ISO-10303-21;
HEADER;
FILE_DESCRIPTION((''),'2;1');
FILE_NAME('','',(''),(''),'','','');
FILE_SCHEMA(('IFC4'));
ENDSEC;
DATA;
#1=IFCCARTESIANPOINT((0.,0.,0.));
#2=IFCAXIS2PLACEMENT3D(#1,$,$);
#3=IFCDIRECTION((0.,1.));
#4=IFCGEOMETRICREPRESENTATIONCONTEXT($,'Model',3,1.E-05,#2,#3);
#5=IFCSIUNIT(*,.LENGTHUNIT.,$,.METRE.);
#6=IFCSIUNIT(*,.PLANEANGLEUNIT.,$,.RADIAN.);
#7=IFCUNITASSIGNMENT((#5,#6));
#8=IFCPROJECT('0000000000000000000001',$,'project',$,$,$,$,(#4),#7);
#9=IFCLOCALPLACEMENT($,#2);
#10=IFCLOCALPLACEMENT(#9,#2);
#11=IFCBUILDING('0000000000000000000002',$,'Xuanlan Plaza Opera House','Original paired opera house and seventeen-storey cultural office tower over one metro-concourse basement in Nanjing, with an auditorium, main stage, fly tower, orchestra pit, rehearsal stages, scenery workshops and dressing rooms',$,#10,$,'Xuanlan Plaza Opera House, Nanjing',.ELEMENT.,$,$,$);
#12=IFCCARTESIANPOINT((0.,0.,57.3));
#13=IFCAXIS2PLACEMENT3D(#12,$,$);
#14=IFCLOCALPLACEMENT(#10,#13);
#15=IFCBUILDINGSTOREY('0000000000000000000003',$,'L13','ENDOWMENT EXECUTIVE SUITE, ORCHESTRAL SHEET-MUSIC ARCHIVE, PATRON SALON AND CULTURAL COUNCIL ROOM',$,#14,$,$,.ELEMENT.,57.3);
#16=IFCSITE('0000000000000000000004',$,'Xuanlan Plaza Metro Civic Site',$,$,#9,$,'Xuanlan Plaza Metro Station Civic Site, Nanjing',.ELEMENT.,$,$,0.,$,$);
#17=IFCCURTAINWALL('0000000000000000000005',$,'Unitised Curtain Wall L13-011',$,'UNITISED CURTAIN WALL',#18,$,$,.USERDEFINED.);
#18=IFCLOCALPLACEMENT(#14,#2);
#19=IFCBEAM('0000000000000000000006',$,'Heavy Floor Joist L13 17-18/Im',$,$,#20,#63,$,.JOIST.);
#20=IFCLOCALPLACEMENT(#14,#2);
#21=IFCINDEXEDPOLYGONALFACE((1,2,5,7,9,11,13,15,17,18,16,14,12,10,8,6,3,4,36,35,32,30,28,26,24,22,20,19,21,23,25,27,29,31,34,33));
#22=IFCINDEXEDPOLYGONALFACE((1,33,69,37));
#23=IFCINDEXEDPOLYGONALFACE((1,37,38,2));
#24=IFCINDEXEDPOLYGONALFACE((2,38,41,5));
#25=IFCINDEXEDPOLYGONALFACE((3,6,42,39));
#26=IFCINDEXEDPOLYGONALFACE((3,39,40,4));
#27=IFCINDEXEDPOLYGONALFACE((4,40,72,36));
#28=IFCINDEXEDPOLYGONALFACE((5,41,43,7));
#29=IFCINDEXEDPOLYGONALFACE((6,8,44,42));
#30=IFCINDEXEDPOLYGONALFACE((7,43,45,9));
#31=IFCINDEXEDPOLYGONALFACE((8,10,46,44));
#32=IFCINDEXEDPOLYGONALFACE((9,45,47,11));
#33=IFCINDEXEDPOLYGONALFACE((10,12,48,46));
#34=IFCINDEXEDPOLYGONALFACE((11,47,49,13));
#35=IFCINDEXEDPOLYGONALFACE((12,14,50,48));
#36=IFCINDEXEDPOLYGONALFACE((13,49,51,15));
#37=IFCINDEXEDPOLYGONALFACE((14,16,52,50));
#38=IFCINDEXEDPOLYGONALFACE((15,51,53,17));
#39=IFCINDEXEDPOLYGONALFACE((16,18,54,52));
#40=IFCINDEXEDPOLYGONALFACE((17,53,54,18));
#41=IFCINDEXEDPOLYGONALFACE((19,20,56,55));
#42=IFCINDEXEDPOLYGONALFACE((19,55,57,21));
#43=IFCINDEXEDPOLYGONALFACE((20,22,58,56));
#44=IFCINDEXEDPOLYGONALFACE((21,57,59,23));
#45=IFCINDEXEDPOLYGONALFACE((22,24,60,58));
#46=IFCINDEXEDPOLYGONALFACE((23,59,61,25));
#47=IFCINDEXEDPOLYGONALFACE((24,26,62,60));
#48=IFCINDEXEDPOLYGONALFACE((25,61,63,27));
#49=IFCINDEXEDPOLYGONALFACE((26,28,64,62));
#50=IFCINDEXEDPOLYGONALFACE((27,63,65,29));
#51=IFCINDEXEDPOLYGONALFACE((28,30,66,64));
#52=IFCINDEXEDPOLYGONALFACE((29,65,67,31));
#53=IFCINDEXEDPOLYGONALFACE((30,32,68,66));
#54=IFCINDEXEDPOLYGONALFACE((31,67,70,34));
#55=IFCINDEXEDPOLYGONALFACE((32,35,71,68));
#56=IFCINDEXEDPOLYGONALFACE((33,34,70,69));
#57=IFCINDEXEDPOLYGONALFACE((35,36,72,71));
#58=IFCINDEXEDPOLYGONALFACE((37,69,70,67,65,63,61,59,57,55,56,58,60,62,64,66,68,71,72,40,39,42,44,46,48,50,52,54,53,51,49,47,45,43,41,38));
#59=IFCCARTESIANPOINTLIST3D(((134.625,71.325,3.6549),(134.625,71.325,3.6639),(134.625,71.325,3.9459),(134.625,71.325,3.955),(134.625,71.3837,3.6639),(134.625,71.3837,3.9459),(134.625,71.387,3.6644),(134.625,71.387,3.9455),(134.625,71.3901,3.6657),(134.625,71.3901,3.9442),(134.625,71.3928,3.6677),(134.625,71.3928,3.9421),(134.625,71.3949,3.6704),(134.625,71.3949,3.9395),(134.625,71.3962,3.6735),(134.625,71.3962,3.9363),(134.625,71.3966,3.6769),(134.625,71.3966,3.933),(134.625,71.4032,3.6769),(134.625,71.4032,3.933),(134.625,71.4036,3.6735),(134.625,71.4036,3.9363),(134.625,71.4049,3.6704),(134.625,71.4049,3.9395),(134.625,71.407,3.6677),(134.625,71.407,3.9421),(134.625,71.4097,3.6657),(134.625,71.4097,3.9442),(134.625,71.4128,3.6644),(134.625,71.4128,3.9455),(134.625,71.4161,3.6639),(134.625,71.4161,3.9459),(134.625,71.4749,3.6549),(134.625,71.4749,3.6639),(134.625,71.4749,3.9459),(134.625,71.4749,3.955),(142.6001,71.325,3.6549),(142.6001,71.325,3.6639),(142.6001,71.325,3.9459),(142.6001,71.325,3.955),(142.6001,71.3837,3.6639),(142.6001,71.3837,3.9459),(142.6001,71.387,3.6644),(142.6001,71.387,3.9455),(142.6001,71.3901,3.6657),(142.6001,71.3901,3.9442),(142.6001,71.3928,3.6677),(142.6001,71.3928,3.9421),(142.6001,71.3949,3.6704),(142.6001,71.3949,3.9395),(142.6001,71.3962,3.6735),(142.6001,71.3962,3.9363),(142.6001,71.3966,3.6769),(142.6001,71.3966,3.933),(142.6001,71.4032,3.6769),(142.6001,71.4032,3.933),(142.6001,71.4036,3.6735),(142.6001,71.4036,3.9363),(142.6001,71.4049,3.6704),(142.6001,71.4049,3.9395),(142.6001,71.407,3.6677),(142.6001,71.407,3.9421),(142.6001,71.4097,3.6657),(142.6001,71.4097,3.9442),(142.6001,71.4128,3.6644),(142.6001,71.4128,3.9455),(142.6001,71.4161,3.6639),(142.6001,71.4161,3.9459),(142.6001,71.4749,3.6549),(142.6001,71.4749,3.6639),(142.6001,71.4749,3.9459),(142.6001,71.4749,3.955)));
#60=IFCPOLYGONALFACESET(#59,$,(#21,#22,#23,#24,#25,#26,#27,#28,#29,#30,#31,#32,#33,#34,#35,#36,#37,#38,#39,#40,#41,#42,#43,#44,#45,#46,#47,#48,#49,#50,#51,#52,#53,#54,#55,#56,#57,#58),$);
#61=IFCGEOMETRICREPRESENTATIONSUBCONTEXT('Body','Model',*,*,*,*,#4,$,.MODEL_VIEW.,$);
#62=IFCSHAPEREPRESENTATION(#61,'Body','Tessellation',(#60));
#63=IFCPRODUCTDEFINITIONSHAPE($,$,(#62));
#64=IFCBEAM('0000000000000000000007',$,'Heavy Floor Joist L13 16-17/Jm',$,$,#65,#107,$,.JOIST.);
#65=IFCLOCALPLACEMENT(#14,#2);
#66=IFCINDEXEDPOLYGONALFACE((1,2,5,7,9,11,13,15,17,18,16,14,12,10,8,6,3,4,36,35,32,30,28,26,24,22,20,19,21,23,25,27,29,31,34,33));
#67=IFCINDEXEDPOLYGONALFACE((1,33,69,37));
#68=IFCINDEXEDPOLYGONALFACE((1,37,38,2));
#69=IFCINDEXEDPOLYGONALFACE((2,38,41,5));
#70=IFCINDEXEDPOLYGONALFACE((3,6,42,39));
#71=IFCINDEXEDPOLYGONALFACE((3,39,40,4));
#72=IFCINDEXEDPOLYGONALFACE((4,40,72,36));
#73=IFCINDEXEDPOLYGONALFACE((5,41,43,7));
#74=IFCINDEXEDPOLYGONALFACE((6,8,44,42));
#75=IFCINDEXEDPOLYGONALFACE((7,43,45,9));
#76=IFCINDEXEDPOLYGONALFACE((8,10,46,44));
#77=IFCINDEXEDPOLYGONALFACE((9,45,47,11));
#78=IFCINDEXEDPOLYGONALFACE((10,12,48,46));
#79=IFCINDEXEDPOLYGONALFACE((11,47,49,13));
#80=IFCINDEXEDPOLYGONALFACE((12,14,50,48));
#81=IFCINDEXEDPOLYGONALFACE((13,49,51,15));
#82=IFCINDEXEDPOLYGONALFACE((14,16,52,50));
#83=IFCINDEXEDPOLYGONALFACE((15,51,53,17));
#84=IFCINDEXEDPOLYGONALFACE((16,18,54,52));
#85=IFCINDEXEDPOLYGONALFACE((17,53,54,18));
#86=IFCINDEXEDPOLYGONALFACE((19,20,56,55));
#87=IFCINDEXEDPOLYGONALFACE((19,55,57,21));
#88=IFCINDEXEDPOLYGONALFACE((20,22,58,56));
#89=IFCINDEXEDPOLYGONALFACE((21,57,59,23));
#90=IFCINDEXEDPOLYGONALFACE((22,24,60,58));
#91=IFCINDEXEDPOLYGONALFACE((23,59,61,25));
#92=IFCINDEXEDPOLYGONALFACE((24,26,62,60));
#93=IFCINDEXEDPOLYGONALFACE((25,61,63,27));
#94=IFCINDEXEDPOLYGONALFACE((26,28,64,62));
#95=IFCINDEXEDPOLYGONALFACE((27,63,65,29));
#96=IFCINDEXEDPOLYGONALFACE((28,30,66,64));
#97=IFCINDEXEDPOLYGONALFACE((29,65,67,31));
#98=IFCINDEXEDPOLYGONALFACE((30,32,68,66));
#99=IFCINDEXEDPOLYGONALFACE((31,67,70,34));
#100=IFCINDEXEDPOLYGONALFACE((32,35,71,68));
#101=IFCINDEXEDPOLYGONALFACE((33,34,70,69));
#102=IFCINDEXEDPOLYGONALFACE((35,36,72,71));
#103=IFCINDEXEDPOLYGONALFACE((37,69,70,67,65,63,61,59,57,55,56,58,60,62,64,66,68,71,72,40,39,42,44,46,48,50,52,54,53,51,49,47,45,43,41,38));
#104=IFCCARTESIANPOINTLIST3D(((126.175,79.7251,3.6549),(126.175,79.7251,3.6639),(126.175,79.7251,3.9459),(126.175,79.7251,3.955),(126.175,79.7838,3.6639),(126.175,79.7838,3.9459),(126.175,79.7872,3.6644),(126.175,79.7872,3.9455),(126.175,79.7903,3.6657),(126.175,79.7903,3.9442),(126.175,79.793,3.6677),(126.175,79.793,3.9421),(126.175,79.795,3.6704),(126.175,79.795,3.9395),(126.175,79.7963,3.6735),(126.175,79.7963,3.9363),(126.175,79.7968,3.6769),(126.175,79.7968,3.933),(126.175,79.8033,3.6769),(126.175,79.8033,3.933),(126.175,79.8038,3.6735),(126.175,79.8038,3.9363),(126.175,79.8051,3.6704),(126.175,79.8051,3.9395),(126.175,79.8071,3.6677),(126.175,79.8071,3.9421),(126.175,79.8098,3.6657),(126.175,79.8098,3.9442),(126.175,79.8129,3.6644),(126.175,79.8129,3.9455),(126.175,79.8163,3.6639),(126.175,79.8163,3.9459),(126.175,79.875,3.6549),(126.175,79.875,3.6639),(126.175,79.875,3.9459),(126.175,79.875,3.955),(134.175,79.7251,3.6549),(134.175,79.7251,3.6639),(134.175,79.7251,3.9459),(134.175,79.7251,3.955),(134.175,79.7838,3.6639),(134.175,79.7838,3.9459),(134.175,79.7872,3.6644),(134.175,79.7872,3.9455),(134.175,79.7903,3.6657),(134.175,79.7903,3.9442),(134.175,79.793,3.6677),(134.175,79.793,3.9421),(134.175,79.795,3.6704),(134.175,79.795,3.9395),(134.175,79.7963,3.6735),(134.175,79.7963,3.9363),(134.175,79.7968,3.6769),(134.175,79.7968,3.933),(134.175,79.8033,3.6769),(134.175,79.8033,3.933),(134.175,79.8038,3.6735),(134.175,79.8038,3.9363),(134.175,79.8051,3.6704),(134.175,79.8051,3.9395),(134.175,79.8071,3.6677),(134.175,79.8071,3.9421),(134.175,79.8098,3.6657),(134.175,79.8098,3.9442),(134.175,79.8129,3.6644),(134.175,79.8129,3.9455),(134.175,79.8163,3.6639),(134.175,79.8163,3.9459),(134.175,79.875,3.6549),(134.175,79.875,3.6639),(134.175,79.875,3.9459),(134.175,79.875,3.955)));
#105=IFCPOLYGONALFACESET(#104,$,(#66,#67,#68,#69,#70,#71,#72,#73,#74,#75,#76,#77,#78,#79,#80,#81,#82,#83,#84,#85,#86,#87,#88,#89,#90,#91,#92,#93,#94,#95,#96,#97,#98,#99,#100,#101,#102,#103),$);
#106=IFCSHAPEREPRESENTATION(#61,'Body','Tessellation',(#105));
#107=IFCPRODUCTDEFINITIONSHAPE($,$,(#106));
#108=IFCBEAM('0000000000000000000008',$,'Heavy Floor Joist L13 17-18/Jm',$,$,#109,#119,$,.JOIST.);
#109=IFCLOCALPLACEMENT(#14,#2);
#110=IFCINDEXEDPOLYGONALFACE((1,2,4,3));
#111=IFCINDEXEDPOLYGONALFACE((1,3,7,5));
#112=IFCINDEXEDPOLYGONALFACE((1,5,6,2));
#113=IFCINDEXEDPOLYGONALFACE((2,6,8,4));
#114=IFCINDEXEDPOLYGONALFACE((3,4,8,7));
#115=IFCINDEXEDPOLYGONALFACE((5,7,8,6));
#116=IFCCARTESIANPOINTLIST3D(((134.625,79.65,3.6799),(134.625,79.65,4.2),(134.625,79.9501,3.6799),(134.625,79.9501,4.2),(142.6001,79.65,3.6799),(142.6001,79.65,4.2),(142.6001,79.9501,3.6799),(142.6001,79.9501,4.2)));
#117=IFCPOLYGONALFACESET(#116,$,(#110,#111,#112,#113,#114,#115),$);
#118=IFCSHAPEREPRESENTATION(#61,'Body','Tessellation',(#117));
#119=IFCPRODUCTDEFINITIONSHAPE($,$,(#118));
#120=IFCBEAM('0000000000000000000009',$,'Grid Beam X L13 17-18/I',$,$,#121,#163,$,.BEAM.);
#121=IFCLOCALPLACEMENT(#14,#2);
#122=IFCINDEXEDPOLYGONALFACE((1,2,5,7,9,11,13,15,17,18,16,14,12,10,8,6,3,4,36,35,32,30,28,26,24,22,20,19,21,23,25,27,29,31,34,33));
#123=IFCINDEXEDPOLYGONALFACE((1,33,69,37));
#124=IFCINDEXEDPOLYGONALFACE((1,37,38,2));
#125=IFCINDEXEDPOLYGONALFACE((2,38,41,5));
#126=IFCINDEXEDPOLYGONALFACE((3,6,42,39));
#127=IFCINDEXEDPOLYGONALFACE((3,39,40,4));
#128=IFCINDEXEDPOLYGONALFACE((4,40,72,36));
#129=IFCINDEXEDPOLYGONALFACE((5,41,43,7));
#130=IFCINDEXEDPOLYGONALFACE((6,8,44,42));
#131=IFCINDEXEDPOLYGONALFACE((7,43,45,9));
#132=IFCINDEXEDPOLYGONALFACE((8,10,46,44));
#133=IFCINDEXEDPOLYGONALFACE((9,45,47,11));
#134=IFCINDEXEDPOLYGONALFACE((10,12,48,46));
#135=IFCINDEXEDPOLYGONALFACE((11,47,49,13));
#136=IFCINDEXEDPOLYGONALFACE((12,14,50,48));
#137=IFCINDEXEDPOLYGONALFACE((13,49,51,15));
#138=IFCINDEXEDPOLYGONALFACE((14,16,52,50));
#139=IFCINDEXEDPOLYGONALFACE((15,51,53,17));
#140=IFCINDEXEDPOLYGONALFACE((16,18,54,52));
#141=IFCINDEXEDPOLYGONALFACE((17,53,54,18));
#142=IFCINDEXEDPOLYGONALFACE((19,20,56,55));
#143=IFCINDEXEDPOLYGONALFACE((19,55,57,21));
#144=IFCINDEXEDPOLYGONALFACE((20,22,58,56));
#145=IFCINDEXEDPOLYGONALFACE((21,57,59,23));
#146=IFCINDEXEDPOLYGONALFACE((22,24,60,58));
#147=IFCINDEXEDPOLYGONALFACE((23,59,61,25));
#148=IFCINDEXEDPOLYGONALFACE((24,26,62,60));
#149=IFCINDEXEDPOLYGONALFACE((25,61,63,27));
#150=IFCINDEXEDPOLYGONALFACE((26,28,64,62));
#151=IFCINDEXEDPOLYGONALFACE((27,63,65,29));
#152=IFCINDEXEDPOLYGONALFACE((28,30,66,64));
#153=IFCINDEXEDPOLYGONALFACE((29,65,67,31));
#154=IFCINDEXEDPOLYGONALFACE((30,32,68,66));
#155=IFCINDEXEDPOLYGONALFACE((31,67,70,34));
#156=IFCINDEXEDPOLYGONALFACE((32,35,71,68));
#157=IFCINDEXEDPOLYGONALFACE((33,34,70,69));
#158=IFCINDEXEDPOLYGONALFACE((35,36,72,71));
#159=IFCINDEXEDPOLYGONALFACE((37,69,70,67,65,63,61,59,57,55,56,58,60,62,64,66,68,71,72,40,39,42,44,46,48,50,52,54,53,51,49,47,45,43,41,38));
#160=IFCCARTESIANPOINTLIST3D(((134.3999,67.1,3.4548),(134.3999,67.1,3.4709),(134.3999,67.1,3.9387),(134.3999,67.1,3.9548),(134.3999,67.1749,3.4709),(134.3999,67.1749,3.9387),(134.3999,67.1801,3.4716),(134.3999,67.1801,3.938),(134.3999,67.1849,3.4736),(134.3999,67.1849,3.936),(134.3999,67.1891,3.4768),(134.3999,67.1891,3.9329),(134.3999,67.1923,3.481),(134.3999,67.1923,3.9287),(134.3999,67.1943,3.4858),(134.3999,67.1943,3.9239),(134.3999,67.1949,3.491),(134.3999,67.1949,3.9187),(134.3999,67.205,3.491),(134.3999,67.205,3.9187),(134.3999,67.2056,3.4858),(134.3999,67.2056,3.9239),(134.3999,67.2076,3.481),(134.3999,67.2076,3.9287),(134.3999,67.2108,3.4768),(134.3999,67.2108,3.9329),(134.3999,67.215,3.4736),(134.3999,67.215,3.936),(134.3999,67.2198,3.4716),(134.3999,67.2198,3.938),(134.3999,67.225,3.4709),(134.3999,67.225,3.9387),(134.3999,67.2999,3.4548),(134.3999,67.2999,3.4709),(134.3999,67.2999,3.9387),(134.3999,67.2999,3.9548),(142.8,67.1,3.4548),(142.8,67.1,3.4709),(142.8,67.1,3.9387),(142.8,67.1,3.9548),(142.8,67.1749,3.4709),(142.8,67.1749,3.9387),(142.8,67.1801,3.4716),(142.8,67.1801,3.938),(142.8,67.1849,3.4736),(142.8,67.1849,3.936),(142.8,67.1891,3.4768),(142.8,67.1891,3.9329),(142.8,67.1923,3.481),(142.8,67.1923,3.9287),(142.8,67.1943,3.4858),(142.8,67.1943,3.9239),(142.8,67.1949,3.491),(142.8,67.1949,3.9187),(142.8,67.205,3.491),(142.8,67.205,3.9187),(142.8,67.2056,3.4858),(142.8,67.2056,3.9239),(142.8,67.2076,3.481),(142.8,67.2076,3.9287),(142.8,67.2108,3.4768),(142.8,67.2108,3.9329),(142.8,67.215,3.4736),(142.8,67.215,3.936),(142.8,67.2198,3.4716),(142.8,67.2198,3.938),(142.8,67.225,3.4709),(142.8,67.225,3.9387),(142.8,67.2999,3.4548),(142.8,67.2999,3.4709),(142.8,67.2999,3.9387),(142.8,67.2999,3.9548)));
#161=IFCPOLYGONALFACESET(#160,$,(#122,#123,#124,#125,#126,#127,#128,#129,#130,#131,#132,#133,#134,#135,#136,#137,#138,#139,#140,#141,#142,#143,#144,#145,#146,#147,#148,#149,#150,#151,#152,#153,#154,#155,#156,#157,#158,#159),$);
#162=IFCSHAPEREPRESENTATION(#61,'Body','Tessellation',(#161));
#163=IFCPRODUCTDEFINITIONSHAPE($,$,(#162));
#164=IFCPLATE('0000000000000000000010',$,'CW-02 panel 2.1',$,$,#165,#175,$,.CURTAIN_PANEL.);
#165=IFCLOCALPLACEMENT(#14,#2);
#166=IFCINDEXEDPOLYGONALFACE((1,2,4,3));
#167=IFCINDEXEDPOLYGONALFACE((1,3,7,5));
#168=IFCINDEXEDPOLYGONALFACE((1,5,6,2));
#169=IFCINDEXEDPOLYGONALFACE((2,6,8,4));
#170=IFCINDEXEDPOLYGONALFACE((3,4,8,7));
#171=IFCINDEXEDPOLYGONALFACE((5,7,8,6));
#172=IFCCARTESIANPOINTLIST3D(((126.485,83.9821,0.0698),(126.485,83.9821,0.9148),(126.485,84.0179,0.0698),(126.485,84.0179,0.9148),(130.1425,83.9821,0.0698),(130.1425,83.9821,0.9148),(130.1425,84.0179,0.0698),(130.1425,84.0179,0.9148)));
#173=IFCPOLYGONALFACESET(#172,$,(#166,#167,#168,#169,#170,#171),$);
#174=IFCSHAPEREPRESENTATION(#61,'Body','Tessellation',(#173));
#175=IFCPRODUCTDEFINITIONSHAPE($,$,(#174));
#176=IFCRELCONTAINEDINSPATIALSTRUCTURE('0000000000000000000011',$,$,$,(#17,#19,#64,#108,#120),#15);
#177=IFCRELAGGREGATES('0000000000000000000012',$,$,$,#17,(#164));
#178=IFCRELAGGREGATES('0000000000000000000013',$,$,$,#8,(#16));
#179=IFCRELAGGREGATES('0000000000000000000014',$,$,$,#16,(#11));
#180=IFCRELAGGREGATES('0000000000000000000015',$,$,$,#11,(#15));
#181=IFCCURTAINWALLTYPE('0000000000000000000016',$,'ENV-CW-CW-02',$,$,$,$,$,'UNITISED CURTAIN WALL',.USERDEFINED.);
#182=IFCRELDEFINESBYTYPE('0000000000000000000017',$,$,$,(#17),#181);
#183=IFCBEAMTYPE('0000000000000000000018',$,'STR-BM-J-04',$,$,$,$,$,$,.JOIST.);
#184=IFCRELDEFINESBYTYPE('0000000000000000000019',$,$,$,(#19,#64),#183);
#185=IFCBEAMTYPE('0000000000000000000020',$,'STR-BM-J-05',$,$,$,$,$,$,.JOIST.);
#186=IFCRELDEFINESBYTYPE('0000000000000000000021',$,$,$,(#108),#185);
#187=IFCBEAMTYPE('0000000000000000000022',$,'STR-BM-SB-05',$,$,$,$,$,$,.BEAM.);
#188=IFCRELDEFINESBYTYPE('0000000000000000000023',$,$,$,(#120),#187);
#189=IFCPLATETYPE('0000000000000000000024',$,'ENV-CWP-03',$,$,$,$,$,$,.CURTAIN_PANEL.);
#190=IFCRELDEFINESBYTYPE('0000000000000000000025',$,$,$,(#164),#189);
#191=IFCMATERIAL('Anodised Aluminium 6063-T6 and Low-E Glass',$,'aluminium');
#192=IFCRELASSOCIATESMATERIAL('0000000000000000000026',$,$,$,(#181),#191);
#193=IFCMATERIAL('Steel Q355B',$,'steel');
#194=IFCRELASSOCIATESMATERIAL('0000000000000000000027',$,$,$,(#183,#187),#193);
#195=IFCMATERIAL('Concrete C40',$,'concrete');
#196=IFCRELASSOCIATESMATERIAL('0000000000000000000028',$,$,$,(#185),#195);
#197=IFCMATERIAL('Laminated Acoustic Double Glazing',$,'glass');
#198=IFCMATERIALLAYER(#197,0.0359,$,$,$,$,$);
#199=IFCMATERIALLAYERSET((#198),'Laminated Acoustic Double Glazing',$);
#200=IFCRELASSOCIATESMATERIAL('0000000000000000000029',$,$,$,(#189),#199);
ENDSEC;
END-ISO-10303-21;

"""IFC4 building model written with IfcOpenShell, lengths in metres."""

from ifc_helpers import new_model, si_unit, direction, frame, origin, origin_2d, place, context, subcontext, project, spatial, rectangle, i_section, extrude, material, layer, layer_set, material_profile, profile_set, type_object, element, aggregate, save


model = new_model("IFC4")

# Units and contexts
model_context = context("Model", 3, precision=1e-05, world=origin(), true_north=direction((0.0, 1.0)))
body_context = subcontext(model_context, "Body", "Model", "MODEL_VIEW")
ifc_project = project(units=[si_unit("LENGTHUNIT", "METRE"), si_unit("PLANEANGLEUNIT", "RADIAN")], contexts=[model_context])

# Site, building, storey
site_placement = place(None, origin())
site = spatial("IfcSite", under=ifc_project, at=site_placement, Name="Xuanlan Plaza Metro Civic Site", LongName="Xuanlan Plaza Metro Station Civic Site, Nanjing", CompositionType="ELEMENT", RefElevation=0.0)
building_placement = place(site_placement, origin())
building = spatial("IfcBuilding", under=site, at=building_placement, Name="Xuanlan Plaza Opera House", Description="Original paired opera house and seventeen-storey cultural office tower over one metro-concourse basement in Nanjing, with an auditorium, main stage, fly tower, orchestra pit, rehearsal stages, scenery workshops and dressing rooms", LongName="Xuanlan Plaza Opera House, Nanjing", CompositionType="ELEMENT")
storey_placement = place(building_placement, frame((0.0, 0.0, 57.3)))
storey = spatial("IfcBuildingStorey", under=building, at=storey_placement, Name="L13", Description="ENDOWMENT EXECUTIVE SUITE, ORCHESTRAL SHEET-MUSIC ARCHIVE, PATRON SALON AND CULTURAL COUNCIL ROOM", CompositionType="ELEMENT", Elevation=57.3)

# Curtain wall
ifc_material_1 = material(Name="Anodised Aluminium 6063-T6 and Low-E Glass", Category="aluminium")
curtain_wall_type = type_object("IfcCurtainWallType", Name="ENV-CW-CW-02", ElementType="UNITISED CURTAIN WALL", PredefinedType="USERDEFINED", material=ifc_material_1)
curtain_wall_placement = place(storey_placement, origin())
curtain_wall = element("IfcCurtainWall", 1, at=curtain_wall_placement, inside=storey, type_object=curtain_wall_type, Name="Unitised Curtain Wall L13-011", ObjectType="UNITISED CURTAIN WALL", PredefinedType="USERDEFINED")

# Beams
ifc_material_2 = material(Name="Concrete C40", Category="concrete")
ifc_material_3 = material(Name="Steel Q355B", Category="steel")
ifc_material_profile_1 = material_profile(ifc_material_3, i_section(OverallWidth=0.1499, OverallDepth=0.3, WebThickness=0.0066, FlangeThickness=0.009, FilletRadius=0.0129, at=origin_2d()), Name="HN 300x150x6.5x9")
ifc_profile_set_1 = profile_set([ifc_material_profile_1], Name="Steel Q355B")
beam_type_1 = type_object("IfcBeamType", Name="STR-BM-J-04", PredefinedType="JOIST", material=ifc_profile_set_1)
beam_1_placement = place(storey_placement, frame((134.625, 71.3999, 3.8049), z_axis=(1.0, 0.0, 0.0), x_axis=(0.0, 1.0, 0.0)))
element("IfcBeam", 2, at=beam_1_placement, inside=storey, type_object=beam_type_1, Name="Heavy Floor Joist L13 17-18/Im", PredefinedType="JOIST", context=body_context, shape_type="SweptSolid", body=[
    extrude(i_section(OverallWidth=0.1499, OverallDepth=0.3, WebThickness=0.0066, FlangeThickness=0.009, FilletRadius=0.0129, at=origin_2d()), origin(), (0.0, 0.0, 1.0), 7.9751),
])
beam_2_placement = place(storey_placement, frame((126.175, 79.8, 3.8049), z_axis=(1.0, 0.0, 0.0), x_axis=(0.0, 1.0, 0.0)))
element("IfcBeam", 3, at=beam_2_placement, inside=storey, type_object=beam_type_1, Name="Heavy Floor Joist L13 16-17/Jm", PredefinedType="JOIST", context=body_context, shape_type="SweptSolid", body=[
    extrude(i_section(OverallWidth=0.1499, OverallDepth=0.3, WebThickness=0.0066, FlangeThickness=0.009, FilletRadius=0.0129, at=origin_2d()), origin(), (0.0, 0.0, 1.0), 8.0),
])
ifc_material_profile_2 = material_profile(ifc_material_2, rectangle(XDim=0.3, YDim=0.52, at=origin_2d()), Name="RC-JST 300x520")
ifc_profile_set_2 = profile_set([ifc_material_profile_2], Name="Concrete C40")
beam_type_2 = type_object("IfcBeamType", Name="STR-BM-J-05", PredefinedType="JOIST", material=ifc_profile_set_2)
beam_3_placement = place(storey_placement, frame((134.625, 79.8, 3.9399), z_axis=(1.0, 0.0, 0.0), x_axis=(0.0, 1.0, 0.0)))
element("IfcBeam", 4, at=beam_3_placement, inside=storey, type_object=beam_type_2, Name="Heavy Floor Joist L13 17-18/Jm", PredefinedType="JOIST", context=body_context, shape_type="SweptSolid", body=[
    extrude(rectangle(XDim=0.3, YDim=0.52, at=origin_2d()), origin(), (0.0, 0.0, 1.0), 7.9751),
])
ifc_material_profile_3 = material_profile(ifc_material_3, i_section(OverallWidth=0.2, OverallDepth=0.5, WebThickness=0.01, FlangeThickness=0.0161, FilletRadius=0.02, at=origin_2d()), Name="HN 500x200x10x16")
ifc_profile_set_3 = profile_set([ifc_material_profile_3], Name="Steel Q355B")
beam_type_3 = type_object("IfcBeamType", Name="STR-BM-SB-05", PredefinedType="BEAM", material=ifc_profile_set_3)
beam_4_placement = place(storey_placement, frame((134.3999, 67.2, 3.7048), z_axis=(1.0, 0.0, 0.0), x_axis=(0.0, 1.0, 0.0)))
element("IfcBeam", 5, at=beam_4_placement, inside=storey, type_object=beam_type_3, Name="Grid Beam X L13 17-18/I", PredefinedType="BEAM", context=body_context, shape_type="SweptSolid", body=[
    extrude(i_section(OverallWidth=0.2, OverallDepth=0.5, WebThickness=0.01, FlangeThickness=0.0161, FilletRadius=0.02, at=origin_2d()), origin(), (0.0, 0.0, 1.0), 8.4001),
])

# Plate
ifc_material_4 = material(Name="Laminated Acoustic Double Glazing", Category="glass")
ifc_layer_1 = layer(ifc_material_4, 0.0359)
ifc_layer_set_1 = layer_set([ifc_layer_1], Name="Laminated Acoustic Double Glazing")
plate_type = type_object("IfcPlateType", Name="ENV-CWP-03", PredefinedType="CURTAIN_PANEL", material=ifc_layer_set_1)
plate_placement = place(storey_placement, frame((128.3137, 84.0, 0.0698), z_axis=(0.0, 0.0, 1.0), x_axis=(-1.0, 0.0, 0.0)))
plate = element("IfcPlate", 6, at=plate_placement, type_object=plate_type, Name="CW-02 panel 2.1", PredefinedType="CURTAIN_PANEL", context=body_context, shape_type="SweptSolid", body=[
    extrude(rectangle(XDim=3.6575, YDim=0.0359, at=origin_2d()), origin(), (0.0, 0.0, 1.0), 0.845),
])
aggregate(curtain_wall, [plate])

save(model, "model.ifc")
